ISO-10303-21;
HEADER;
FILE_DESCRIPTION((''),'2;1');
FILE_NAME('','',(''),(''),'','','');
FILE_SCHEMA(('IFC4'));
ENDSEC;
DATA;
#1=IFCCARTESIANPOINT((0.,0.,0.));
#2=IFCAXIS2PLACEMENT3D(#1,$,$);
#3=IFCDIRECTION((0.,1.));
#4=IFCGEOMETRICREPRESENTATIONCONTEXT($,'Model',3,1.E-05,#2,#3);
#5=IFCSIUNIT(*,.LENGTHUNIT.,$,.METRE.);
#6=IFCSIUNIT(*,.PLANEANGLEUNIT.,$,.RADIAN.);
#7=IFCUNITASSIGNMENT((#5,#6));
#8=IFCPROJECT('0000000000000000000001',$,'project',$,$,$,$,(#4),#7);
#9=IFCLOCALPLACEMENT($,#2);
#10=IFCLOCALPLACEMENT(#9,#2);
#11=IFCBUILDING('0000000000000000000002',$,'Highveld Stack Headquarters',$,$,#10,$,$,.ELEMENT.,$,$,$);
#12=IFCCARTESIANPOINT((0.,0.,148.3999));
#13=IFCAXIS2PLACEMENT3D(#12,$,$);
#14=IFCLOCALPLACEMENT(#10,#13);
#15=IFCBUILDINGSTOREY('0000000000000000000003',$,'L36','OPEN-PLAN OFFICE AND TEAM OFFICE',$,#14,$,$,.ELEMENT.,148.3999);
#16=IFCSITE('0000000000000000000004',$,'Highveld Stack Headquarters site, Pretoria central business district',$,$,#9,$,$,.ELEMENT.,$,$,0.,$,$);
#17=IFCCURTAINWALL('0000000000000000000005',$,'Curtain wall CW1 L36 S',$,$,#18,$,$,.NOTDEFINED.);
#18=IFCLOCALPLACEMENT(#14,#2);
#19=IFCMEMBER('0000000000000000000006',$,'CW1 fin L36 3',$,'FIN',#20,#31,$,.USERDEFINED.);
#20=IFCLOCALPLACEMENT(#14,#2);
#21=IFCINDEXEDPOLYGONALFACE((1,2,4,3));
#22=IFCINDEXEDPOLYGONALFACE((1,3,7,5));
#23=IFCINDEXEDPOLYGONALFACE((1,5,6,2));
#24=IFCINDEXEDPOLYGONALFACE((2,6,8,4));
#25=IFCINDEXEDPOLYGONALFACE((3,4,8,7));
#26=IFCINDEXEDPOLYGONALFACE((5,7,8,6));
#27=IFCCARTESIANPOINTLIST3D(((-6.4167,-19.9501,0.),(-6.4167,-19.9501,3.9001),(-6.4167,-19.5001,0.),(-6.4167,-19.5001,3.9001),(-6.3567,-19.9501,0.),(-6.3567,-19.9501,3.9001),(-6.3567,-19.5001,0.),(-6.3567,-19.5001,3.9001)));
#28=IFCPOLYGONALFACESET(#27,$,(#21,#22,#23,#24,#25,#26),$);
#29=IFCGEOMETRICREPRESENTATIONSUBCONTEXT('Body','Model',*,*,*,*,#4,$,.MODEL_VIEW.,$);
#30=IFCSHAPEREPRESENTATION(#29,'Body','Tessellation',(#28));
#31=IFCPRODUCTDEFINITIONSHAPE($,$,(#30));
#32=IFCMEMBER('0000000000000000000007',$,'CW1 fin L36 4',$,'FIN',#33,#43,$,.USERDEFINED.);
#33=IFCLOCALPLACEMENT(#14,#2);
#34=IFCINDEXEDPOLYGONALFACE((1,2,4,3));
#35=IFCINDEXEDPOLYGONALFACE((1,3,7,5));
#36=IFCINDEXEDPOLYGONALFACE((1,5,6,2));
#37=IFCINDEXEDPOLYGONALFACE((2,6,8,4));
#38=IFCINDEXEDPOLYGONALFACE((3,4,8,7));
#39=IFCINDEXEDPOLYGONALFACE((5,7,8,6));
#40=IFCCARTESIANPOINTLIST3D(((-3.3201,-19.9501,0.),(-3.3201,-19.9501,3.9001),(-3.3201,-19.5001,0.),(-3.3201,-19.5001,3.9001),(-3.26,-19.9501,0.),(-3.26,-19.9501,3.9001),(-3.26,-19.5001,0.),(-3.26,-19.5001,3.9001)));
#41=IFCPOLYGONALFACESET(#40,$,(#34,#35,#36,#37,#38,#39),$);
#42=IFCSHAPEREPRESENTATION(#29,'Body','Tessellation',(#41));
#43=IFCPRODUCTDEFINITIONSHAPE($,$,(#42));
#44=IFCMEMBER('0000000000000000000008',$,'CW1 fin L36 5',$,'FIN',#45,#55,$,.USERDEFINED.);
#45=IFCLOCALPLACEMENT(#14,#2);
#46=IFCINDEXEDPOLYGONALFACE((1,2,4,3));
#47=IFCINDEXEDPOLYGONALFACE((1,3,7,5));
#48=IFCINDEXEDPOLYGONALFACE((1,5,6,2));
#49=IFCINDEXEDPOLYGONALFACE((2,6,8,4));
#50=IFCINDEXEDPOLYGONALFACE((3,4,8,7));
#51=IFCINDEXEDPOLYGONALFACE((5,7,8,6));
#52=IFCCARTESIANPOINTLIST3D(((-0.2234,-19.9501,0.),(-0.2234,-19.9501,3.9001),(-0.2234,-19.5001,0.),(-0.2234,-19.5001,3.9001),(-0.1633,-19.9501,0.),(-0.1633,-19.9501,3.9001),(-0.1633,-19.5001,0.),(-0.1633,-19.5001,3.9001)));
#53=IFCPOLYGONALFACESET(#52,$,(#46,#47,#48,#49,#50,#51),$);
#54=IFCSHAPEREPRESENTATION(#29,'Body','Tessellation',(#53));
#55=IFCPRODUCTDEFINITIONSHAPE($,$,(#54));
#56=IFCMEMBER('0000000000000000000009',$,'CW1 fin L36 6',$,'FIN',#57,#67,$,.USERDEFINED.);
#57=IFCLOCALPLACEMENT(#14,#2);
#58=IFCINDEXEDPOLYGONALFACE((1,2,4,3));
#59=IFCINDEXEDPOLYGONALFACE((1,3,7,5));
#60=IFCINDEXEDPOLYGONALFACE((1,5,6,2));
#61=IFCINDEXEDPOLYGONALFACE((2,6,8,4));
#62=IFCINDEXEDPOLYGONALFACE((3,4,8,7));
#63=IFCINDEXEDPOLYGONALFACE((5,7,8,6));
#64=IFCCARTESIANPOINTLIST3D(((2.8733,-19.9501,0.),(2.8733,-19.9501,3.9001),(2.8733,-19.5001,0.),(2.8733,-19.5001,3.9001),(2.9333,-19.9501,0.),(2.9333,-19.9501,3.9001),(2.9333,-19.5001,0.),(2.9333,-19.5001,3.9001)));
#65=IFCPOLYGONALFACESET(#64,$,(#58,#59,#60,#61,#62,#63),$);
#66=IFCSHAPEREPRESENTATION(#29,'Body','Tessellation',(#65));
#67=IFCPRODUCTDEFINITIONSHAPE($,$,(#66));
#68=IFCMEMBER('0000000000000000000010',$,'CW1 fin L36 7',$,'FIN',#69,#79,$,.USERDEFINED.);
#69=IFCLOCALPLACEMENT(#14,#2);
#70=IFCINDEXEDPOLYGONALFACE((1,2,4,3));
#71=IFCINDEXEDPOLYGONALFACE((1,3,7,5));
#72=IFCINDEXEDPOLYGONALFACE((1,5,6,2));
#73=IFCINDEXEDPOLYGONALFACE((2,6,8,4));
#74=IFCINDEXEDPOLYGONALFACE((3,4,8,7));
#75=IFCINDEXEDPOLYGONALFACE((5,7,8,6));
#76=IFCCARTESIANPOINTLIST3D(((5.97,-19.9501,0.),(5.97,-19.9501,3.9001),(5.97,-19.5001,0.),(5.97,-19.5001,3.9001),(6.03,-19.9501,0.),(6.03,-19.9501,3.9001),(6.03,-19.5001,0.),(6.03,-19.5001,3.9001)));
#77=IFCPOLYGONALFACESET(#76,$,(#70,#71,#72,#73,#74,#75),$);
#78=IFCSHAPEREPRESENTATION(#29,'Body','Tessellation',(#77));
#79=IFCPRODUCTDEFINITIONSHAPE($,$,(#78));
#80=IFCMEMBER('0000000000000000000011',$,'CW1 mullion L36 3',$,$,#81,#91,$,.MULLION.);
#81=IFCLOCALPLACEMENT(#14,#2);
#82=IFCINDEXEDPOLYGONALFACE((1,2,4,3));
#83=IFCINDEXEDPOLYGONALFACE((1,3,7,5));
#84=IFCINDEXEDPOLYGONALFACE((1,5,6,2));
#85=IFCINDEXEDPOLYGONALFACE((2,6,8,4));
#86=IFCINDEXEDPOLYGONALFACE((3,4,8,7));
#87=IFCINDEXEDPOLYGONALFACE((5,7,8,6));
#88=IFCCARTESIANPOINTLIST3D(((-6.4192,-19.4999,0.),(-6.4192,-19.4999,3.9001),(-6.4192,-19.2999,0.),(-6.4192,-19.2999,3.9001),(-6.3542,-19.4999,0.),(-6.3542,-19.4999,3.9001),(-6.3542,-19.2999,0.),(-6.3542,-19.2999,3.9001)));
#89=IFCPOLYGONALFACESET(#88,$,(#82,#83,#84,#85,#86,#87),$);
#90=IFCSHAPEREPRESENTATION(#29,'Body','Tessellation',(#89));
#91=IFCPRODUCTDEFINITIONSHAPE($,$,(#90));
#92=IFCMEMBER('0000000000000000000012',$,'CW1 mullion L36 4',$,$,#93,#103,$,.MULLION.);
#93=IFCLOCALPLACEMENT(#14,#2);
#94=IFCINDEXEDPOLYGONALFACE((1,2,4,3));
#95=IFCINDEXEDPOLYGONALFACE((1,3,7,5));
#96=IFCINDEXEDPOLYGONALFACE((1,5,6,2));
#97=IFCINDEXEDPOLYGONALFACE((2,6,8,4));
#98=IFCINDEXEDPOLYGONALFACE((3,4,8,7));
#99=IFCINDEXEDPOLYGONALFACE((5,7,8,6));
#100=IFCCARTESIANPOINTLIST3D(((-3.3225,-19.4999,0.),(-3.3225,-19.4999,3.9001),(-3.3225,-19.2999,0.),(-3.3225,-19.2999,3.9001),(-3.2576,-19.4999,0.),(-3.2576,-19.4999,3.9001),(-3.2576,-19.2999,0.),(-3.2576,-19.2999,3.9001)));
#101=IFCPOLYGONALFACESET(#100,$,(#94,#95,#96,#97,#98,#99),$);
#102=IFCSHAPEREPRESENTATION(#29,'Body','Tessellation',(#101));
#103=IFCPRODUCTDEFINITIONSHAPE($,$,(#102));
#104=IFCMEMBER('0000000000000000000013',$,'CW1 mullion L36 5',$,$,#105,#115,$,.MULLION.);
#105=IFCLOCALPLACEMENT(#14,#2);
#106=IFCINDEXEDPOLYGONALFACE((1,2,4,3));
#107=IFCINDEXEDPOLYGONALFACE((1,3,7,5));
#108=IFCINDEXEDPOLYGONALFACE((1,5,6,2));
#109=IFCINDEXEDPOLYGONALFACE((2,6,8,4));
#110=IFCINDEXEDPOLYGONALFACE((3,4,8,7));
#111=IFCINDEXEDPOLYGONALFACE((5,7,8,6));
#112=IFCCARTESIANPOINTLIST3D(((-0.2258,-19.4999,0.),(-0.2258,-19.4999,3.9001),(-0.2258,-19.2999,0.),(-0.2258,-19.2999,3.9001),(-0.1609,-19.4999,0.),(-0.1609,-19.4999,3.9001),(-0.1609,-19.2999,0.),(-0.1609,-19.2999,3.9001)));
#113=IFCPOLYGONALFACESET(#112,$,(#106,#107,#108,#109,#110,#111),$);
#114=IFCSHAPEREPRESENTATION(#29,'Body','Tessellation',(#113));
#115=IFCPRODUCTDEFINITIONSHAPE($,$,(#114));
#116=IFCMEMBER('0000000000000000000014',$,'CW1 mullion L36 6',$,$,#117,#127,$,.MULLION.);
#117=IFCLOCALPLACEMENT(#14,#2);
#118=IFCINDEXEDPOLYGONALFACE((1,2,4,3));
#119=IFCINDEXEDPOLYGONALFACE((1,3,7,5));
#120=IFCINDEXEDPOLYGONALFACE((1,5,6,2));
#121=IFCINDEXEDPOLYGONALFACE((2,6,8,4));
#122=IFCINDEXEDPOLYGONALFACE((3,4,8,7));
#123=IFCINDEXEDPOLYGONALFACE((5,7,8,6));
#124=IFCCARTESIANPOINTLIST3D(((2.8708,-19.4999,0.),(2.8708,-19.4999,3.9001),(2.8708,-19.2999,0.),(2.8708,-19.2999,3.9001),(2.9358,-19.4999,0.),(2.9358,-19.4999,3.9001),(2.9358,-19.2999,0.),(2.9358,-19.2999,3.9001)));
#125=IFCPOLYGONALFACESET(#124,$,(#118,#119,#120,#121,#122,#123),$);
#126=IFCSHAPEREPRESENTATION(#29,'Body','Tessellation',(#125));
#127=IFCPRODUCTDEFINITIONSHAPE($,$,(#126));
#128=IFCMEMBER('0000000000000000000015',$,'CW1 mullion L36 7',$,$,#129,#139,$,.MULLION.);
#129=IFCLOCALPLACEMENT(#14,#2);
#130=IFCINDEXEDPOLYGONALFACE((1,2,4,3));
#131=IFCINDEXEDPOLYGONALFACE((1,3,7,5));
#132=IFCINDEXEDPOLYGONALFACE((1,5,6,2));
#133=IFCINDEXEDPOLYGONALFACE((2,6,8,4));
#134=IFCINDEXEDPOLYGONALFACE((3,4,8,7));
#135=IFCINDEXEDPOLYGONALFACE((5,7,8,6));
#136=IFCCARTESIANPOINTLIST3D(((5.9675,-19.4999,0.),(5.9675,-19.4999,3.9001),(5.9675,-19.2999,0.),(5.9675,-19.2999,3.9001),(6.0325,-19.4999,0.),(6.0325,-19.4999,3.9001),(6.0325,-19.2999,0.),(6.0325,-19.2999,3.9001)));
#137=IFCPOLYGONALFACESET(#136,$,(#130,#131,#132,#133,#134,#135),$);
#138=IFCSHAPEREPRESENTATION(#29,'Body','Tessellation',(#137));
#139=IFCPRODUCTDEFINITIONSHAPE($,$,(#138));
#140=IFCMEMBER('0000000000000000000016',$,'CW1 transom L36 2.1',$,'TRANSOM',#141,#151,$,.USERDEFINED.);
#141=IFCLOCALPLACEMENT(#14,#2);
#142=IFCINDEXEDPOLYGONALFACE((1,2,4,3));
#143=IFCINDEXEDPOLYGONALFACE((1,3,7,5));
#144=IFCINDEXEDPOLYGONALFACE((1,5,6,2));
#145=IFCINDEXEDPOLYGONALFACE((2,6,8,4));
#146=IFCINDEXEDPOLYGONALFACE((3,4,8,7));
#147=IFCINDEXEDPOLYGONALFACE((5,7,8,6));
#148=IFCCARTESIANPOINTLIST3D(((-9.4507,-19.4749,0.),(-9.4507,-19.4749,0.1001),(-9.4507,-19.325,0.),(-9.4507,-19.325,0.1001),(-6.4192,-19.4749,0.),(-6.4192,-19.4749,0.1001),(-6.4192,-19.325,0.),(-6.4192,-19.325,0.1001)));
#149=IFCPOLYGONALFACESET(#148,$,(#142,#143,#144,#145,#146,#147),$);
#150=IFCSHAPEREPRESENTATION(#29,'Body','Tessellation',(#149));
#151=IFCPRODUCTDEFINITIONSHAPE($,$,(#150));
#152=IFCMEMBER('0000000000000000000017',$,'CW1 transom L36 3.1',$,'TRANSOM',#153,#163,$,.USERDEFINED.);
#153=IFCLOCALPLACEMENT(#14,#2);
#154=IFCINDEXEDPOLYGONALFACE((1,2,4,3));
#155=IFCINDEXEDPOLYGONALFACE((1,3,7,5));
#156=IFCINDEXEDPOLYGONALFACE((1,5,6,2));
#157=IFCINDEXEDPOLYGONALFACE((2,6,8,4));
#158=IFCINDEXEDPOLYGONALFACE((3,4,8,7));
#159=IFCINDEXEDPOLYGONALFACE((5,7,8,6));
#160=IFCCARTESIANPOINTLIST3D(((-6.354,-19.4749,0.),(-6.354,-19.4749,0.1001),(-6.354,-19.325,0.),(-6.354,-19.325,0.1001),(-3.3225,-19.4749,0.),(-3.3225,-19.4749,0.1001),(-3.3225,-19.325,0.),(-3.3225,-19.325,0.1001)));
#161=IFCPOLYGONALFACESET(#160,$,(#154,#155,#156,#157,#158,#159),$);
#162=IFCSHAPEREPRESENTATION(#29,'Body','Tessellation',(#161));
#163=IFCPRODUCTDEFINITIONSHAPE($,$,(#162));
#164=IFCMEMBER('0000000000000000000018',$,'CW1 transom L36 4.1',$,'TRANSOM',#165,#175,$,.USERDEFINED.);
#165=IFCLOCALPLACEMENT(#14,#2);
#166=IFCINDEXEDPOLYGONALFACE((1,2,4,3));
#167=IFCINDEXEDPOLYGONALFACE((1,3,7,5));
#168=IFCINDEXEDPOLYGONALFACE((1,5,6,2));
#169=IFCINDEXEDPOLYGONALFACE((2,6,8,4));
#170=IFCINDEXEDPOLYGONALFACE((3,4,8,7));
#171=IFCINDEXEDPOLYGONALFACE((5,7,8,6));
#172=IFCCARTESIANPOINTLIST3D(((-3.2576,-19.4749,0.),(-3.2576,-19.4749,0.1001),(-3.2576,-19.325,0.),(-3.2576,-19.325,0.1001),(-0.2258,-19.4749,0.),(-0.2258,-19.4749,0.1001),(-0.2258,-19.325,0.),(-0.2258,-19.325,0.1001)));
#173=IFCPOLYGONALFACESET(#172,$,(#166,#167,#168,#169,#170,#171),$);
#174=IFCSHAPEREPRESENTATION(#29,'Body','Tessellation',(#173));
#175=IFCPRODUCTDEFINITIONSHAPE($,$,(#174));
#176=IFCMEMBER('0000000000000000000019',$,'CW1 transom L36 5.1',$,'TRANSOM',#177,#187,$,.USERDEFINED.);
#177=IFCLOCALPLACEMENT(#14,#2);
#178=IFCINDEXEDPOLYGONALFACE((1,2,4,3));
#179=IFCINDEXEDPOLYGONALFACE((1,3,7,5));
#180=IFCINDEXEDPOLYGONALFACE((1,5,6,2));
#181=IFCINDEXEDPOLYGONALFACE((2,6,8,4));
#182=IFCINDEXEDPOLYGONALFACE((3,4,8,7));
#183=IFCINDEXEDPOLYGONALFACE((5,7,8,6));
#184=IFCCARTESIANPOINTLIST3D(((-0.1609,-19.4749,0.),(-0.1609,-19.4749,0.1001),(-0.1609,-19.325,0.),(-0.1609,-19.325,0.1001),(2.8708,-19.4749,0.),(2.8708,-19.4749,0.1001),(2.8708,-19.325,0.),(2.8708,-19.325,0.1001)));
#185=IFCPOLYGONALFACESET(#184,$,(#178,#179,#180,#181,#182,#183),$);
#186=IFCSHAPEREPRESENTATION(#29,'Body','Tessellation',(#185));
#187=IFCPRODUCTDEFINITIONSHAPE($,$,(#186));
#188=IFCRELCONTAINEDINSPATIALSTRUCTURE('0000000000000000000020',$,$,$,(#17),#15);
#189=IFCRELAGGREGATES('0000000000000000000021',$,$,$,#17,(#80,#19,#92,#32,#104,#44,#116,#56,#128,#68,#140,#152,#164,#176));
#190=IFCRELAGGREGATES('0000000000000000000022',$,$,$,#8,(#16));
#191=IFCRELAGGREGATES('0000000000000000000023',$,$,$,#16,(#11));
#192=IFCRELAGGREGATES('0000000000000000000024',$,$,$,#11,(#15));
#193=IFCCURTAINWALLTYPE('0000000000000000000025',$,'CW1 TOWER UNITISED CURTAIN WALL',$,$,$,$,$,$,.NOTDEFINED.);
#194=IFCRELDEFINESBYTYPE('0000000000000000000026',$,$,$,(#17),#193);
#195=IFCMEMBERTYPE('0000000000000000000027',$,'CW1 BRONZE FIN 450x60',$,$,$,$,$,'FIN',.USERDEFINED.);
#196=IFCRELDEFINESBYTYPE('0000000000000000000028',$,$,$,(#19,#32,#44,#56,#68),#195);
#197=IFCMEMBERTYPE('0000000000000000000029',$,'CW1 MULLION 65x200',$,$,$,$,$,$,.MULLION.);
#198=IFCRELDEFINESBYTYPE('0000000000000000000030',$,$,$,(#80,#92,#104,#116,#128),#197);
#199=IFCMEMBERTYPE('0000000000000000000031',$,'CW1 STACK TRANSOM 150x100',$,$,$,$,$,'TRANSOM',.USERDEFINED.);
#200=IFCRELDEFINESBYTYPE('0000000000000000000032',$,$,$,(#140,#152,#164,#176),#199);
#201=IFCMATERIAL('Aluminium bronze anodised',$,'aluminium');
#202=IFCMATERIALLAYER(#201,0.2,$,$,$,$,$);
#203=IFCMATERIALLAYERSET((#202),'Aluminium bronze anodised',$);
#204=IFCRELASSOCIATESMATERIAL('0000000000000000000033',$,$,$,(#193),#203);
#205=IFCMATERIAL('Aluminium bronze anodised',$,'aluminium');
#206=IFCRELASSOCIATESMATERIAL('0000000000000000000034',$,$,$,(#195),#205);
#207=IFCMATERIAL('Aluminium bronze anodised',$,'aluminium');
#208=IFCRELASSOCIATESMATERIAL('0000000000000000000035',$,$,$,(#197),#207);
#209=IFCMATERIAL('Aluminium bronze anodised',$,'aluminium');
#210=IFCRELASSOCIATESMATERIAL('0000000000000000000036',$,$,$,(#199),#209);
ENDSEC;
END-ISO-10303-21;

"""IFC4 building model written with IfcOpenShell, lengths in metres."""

from ifc_helpers import new_model, si_unit, direction, frame, origin, origin_2d, place, context, subcontext, project, spatial, rectangle, extrude, material, layer, layer_set, material_profile, profile_set, type_object, element, aggregate, save


model = new_model("IFC4")

# Units and contexts
model_context = context("Model", 3, precision=1e-05, world=origin(), true_north=direction((0.0, 1.0)))
body_context = subcontext(model_context, "Body", "Model", "MODEL_VIEW")
ifc_project = project(units=[si_unit("LENGTHUNIT", "METRE"), si_unit("PLANEANGLEUNIT", "RADIAN")], contexts=[model_context])

# Site, building, storey
site_placement = place(None, origin())
site = spatial("IfcSite", under=ifc_project, at=site_placement, Name="Highveld Stack Headquarters site, Pretoria central business district", CompositionType="ELEMENT", RefElevation=0.0)
building_placement = place(site_placement, origin())
building = spatial("IfcBuilding", under=site, at=building_placement, Name="Highveld Stack Headquarters", CompositionType="ELEMENT")
storey_placement = place(building_placement, frame((0.0, 0.0, 148.3999)))
storey = spatial("IfcBuildingStorey", under=building, at=storey_placement, Name="L36", Description="OPEN-PLAN OFFICE AND TEAM OFFICE", CompositionType="ELEMENT", Elevation=148.3999)

# Curtain wall, members
ifc_material_1 = material(Name="Aluminium bronze anodised", Category="aluminium")
ifc_layer_1 = layer(ifc_material_1, 0.2)
ifc_layer_set_1 = layer_set([ifc_layer_1], Name="Aluminium bronze anodised")
curtain_wall_type = type_object("IfcCurtainWallType", Name="CW1 TOWER UNITISED CURTAIN WALL", PredefinedType="NOTDEFINED", material=ifc_layer_set_1)
curtain_wall_placement = place(storey_placement, origin())
curtain_wall = element("IfcCurtainWall", 1, at=curtain_wall_placement, inside=storey, type_object=curtain_wall_type, Name="Curtain wall CW1 L36 S", PredefinedType="NOTDEFINED")
ifc_material_2 = material(Name="Aluminium bronze anodised", Category="aluminium")
ifc_material_profile_1 = material_profile(ifc_material_2, rectangle(XDim=0.45, YDim=0.0601, at=origin_2d()), Name="FIN 450x60")
ifc_profile_set_1 = profile_set([ifc_material_profile_1], Name="Aluminium bronze anodised")
member_type_1 = type_object("IfcMemberType", Name="CW1 BRONZE FIN 450x60", ElementType="FIN", PredefinedType="USERDEFINED", material=ifc_profile_set_1)
member_1_placement = place(storey_placement, frame((-6.3867, -19.7251, 0.0), z_axis=(0.0, 0.0, 1.0), x_axis=(0.0, 1.0, 0.0)))
member_1 = element("IfcMember", 2, at=member_1_placement, type_object=member_type_1, Name="CW1 fin L36 3", ObjectType="FIN", PredefinedType="USERDEFINED", context=body_context, shape_type="SweptSolid", body=[
    extrude(rectangle(XDim=0.45, YDim=0.0601, at=origin_2d()), origin(), (0.0, 0.0, 1.0), 3.9001),
])
member_2_placement = place(storey_placement, frame((-3.29, -19.7251, 0.0), z_axis=(0.0, 0.0, 1.0), x_axis=(0.0, 1.0, 0.0)))
member_2 = element("IfcMember", 3, at=member_2_placement, type_object=member_type_1, Name="CW1 fin L36 4", ObjectType="FIN", PredefinedType="USERDEFINED", context=body_context, shape_type="SweptSolid", body=[
    extrude(rectangle(XDim=0.45, YDim=0.0601, at=origin_2d()), origin(), (0.0, 0.0, 1.0), 3.9001),
])
member_3_placement = place(storey_placement, frame((-0.1934, -19.7251, 0.0), z_axis=(0.0, 0.0, 1.0), x_axis=(0.0, 1.0, 0.0)))
member_3 = element("IfcMember", 4, at=member_3_placement, type_object=member_type_1, Name="CW1 fin L36 5", ObjectType="FIN", PredefinedType="USERDEFINED", context=body_context, shape_type="SweptSolid", body=[
    extrude(rectangle(XDim=0.45, YDim=0.0601, at=origin_2d()), origin(), (0.0, 0.0, 1.0), 3.9001),
])
member_4_placement = place(storey_placement, frame((2.9033, -19.7251, 0.0), z_axis=(0.0, 0.0, 1.0), x_axis=(0.0, 1.0, 0.0)))
member_4 = element("IfcMember", 5, at=member_4_placement, type_object=member_type_1, Name="CW1 fin L36 6", ObjectType="FIN", PredefinedType="USERDEFINED", context=body_context, shape_type="SweptSolid", body=[
    extrude(rectangle(XDim=0.45, YDim=0.0601, at=origin_2d()), origin(), (0.0, 0.0, 1.0), 3.9001),
])
member_5_placement = place(storey_placement, frame((6.0, -19.7251, 0.0), z_axis=(0.0, 0.0, 1.0), x_axis=(0.0, 1.0, 0.0)))
member_5 = element("IfcMember", 6, at=member_5_placement, type_object=member_type_1, Name="CW1 fin L36 7", ObjectType="FIN", PredefinedType="USERDEFINED", context=body_context, shape_type="SweptSolid", body=[
    extrude(rectangle(XDim=0.45, YDim=0.0601, at=origin_2d()), origin(), (0.0, 0.0, 1.0), 3.9001),
])
ifc_material_3 = material(Name="Aluminium bronze anodised", Category="aluminium")
ifc_material_profile_2 = material_profile(ifc_material_3, rectangle(XDim=0.2, YDim=0.0649, at=origin_2d()), Name="CW1 MULLION 65x200")
ifc_profile_set_2 = profile_set([ifc_material_profile_2], Name="Aluminium bronze anodised")
member_type_2 = type_object("IfcMemberType", Name="CW1 MULLION 65x200", PredefinedType="MULLION", material=ifc_profile_set_2)
member_6_placement = place(storey_placement, frame((-6.3867, -19.3999, 0.0), z_axis=(0.0, 0.0, 1.0), x_axis=(0.0, 1.0, 0.0)))
member_6 = element("IfcMember", 7, at=member_6_placement, type_object=member_type_2, Name="CW1 mullion L36 3", PredefinedType="MULLION", context=body_context, shape_type="SweptSolid", body=[
    extrude(rectangle(XDim=0.2, YDim=0.0649, at=origin_2d()), origin(), (0.0, 0.0, 1.0), 3.9001),
])
member_7_placement = place(storey_placement, frame((-3.29, -19.3999, 0.0), z_axis=(0.0, 0.0, 1.0), x_axis=(0.0, 1.0, 0.0)))
member_7 = element("IfcMember", 8, at=member_7_placement, type_object=member_type_2, Name="CW1 mullion L36 4", PredefinedType="MULLION", context=body_context, shape_type="SweptSolid", body=[
    extrude(rectangle(XDim=0.2, YDim=0.0649, at=origin_2d()), origin(), (0.0, 0.0, 1.0), 3.9001),
])
member_8_placement = place(storey_placement, frame((-0.1934, -19.3999, 0.0), z_axis=(0.0, 0.0, 1.0), x_axis=(0.0, 1.0, 0.0)))
member_8 = element("IfcMember", 9, at=member_8_placement, type_object=member_type_2, Name="CW1 mullion L36 5", PredefinedType="MULLION", context=body_context, shape_type="SweptSolid", body=[
    extrude(rectangle(XDim=0.2, YDim=0.0649, at=origin_2d()), origin(), (0.0, 0.0, 1.0), 3.9001),
])
member_9_placement = place(storey_placement, frame((2.9033, -19.3999, 0.0), z_axis=(0.0, 0.0, 1.0), x_axis=(0.0, 1.0, 0.0)))
member_9 = element("IfcMember", 10, at=member_9_placement, type_object=member_type_2, Name="CW1 mullion L36 6", PredefinedType="MULLION", context=body_context, shape_type="SweptSolid", body=[
    extrude(rectangle(XDim=0.2, YDim=0.0649, at=origin_2d()), origin(), (0.0, 0.0, 1.0), 3.9001),
])
member_10_placement = place(storey_placement, frame((6.0, -19.3999, 0.0), z_axis=(0.0, 0.0, 1.0), x_axis=(0.0, 1.0, 0.0)))
member_10 = element("IfcMember", 11, at=member_10_placement, type_object=member_type_2, Name="CW1 mullion L36 7", PredefinedType="MULLION", context=body_context, shape_type="SweptSolid", body=[
    extrude(rectangle(XDim=0.2, YDim=0.0649, at=origin_2d()), origin(), (0.0, 0.0, 1.0), 3.9001),
])
ifc_material_4 = material(Name="Aluminium bronze anodised", Category="aluminium")
ifc_material_profile_3 = material_profile(ifc_material_4, rectangle(XDim=0.1499, YDim=0.1001, at=origin_2d()), Name="CW1 TRANSOM 150x100")
ifc_profile_set_3 = profile_set([ifc_material_profile_3], Name="Aluminium bronze anodised")
member_type_3 = type_object("IfcMemberType", Name="CW1 STACK TRANSOM 150x100", ElementType="TRANSOM", PredefinedType="USERDEFINED", material=ifc_profile_set_3)
member_11_placement = place(storey_placement, frame((-9.4507, -19.3999, 0.05), z_axis=(1.0, 0.0, 0.0), x_axis=(0.0, 1.0, 0.0)))
member_11 = element("IfcMember", 12, at=member_11_placement, type_object=member_type_3, Name="CW1 transom L36 2.1", ObjectType="TRANSOM", PredefinedType="USERDEFINED", context=body_context, shape_type="SweptSolid", body=[
    extrude(rectangle(XDim=0.1499, YDim=0.1001, at=origin_2d()), origin(), (0.0, 0.0, 1.0), 3.0315),
])
member_12_placement = place(storey_placement, frame((-6.354, -19.3999, 0.05), z_axis=(1.0, 0.0, 0.0), x_axis=(0.0, 1.0, 0.0)))
member_12 = element("IfcMember", 13, at=member_12_placement, type_object=member_type_3, Name="CW1 transom L36 3.1", ObjectType="TRANSOM", PredefinedType="USERDEFINED", context=body_context, shape_type="SweptSolid", body=[
    extrude(rectangle(XDim=0.1499, YDim=0.1001, at=origin_2d()), origin(), (0.0, 0.0, 1.0), 3.0315),
])
member_13_placement = place(storey_placement, frame((-3.2576, -19.3999, 0.05), z_axis=(1.0, 0.0, 0.0), x_axis=(0.0, 1.0, 0.0)))
member_13 = element("IfcMember", 14, at=member_13_placement, type_object=member_type_3, Name="CW1 transom L36 4.1", ObjectType="TRANSOM", PredefinedType="USERDEFINED", context=body_context, shape_type="SweptSolid", body=[
    extrude(rectangle(XDim=0.1499, YDim=0.1001, at=origin_2d()), origin(), (0.0, 0.0, 1.0), 3.0317),
])
member_14_placement = place(storey_placement, frame((-0.1609, -19.3999, 0.05), z_axis=(1.0, 0.0, 0.0), x_axis=(0.0, 1.0, 0.0)))
member_14 = element("IfcMember", 15, at=member_14_placement, type_object=member_type_3, Name="CW1 transom L36 5.1", ObjectType="TRANSOM", PredefinedType="USERDEFINED", context=body_context, shape_type="SweptSolid", body=[
    extrude(rectangle(XDim=0.1499, YDim=0.1001, at=origin_2d()), origin(), (0.0, 0.0, 1.0), 3.0317),
])

aggregate(curtain_wall, [member_6, member_1, member_7, member_2, member_8, member_3, member_9, member_4, member_10, member_5, member_11, member_12, member_13, member_14])

save(model, "model.ifc")
